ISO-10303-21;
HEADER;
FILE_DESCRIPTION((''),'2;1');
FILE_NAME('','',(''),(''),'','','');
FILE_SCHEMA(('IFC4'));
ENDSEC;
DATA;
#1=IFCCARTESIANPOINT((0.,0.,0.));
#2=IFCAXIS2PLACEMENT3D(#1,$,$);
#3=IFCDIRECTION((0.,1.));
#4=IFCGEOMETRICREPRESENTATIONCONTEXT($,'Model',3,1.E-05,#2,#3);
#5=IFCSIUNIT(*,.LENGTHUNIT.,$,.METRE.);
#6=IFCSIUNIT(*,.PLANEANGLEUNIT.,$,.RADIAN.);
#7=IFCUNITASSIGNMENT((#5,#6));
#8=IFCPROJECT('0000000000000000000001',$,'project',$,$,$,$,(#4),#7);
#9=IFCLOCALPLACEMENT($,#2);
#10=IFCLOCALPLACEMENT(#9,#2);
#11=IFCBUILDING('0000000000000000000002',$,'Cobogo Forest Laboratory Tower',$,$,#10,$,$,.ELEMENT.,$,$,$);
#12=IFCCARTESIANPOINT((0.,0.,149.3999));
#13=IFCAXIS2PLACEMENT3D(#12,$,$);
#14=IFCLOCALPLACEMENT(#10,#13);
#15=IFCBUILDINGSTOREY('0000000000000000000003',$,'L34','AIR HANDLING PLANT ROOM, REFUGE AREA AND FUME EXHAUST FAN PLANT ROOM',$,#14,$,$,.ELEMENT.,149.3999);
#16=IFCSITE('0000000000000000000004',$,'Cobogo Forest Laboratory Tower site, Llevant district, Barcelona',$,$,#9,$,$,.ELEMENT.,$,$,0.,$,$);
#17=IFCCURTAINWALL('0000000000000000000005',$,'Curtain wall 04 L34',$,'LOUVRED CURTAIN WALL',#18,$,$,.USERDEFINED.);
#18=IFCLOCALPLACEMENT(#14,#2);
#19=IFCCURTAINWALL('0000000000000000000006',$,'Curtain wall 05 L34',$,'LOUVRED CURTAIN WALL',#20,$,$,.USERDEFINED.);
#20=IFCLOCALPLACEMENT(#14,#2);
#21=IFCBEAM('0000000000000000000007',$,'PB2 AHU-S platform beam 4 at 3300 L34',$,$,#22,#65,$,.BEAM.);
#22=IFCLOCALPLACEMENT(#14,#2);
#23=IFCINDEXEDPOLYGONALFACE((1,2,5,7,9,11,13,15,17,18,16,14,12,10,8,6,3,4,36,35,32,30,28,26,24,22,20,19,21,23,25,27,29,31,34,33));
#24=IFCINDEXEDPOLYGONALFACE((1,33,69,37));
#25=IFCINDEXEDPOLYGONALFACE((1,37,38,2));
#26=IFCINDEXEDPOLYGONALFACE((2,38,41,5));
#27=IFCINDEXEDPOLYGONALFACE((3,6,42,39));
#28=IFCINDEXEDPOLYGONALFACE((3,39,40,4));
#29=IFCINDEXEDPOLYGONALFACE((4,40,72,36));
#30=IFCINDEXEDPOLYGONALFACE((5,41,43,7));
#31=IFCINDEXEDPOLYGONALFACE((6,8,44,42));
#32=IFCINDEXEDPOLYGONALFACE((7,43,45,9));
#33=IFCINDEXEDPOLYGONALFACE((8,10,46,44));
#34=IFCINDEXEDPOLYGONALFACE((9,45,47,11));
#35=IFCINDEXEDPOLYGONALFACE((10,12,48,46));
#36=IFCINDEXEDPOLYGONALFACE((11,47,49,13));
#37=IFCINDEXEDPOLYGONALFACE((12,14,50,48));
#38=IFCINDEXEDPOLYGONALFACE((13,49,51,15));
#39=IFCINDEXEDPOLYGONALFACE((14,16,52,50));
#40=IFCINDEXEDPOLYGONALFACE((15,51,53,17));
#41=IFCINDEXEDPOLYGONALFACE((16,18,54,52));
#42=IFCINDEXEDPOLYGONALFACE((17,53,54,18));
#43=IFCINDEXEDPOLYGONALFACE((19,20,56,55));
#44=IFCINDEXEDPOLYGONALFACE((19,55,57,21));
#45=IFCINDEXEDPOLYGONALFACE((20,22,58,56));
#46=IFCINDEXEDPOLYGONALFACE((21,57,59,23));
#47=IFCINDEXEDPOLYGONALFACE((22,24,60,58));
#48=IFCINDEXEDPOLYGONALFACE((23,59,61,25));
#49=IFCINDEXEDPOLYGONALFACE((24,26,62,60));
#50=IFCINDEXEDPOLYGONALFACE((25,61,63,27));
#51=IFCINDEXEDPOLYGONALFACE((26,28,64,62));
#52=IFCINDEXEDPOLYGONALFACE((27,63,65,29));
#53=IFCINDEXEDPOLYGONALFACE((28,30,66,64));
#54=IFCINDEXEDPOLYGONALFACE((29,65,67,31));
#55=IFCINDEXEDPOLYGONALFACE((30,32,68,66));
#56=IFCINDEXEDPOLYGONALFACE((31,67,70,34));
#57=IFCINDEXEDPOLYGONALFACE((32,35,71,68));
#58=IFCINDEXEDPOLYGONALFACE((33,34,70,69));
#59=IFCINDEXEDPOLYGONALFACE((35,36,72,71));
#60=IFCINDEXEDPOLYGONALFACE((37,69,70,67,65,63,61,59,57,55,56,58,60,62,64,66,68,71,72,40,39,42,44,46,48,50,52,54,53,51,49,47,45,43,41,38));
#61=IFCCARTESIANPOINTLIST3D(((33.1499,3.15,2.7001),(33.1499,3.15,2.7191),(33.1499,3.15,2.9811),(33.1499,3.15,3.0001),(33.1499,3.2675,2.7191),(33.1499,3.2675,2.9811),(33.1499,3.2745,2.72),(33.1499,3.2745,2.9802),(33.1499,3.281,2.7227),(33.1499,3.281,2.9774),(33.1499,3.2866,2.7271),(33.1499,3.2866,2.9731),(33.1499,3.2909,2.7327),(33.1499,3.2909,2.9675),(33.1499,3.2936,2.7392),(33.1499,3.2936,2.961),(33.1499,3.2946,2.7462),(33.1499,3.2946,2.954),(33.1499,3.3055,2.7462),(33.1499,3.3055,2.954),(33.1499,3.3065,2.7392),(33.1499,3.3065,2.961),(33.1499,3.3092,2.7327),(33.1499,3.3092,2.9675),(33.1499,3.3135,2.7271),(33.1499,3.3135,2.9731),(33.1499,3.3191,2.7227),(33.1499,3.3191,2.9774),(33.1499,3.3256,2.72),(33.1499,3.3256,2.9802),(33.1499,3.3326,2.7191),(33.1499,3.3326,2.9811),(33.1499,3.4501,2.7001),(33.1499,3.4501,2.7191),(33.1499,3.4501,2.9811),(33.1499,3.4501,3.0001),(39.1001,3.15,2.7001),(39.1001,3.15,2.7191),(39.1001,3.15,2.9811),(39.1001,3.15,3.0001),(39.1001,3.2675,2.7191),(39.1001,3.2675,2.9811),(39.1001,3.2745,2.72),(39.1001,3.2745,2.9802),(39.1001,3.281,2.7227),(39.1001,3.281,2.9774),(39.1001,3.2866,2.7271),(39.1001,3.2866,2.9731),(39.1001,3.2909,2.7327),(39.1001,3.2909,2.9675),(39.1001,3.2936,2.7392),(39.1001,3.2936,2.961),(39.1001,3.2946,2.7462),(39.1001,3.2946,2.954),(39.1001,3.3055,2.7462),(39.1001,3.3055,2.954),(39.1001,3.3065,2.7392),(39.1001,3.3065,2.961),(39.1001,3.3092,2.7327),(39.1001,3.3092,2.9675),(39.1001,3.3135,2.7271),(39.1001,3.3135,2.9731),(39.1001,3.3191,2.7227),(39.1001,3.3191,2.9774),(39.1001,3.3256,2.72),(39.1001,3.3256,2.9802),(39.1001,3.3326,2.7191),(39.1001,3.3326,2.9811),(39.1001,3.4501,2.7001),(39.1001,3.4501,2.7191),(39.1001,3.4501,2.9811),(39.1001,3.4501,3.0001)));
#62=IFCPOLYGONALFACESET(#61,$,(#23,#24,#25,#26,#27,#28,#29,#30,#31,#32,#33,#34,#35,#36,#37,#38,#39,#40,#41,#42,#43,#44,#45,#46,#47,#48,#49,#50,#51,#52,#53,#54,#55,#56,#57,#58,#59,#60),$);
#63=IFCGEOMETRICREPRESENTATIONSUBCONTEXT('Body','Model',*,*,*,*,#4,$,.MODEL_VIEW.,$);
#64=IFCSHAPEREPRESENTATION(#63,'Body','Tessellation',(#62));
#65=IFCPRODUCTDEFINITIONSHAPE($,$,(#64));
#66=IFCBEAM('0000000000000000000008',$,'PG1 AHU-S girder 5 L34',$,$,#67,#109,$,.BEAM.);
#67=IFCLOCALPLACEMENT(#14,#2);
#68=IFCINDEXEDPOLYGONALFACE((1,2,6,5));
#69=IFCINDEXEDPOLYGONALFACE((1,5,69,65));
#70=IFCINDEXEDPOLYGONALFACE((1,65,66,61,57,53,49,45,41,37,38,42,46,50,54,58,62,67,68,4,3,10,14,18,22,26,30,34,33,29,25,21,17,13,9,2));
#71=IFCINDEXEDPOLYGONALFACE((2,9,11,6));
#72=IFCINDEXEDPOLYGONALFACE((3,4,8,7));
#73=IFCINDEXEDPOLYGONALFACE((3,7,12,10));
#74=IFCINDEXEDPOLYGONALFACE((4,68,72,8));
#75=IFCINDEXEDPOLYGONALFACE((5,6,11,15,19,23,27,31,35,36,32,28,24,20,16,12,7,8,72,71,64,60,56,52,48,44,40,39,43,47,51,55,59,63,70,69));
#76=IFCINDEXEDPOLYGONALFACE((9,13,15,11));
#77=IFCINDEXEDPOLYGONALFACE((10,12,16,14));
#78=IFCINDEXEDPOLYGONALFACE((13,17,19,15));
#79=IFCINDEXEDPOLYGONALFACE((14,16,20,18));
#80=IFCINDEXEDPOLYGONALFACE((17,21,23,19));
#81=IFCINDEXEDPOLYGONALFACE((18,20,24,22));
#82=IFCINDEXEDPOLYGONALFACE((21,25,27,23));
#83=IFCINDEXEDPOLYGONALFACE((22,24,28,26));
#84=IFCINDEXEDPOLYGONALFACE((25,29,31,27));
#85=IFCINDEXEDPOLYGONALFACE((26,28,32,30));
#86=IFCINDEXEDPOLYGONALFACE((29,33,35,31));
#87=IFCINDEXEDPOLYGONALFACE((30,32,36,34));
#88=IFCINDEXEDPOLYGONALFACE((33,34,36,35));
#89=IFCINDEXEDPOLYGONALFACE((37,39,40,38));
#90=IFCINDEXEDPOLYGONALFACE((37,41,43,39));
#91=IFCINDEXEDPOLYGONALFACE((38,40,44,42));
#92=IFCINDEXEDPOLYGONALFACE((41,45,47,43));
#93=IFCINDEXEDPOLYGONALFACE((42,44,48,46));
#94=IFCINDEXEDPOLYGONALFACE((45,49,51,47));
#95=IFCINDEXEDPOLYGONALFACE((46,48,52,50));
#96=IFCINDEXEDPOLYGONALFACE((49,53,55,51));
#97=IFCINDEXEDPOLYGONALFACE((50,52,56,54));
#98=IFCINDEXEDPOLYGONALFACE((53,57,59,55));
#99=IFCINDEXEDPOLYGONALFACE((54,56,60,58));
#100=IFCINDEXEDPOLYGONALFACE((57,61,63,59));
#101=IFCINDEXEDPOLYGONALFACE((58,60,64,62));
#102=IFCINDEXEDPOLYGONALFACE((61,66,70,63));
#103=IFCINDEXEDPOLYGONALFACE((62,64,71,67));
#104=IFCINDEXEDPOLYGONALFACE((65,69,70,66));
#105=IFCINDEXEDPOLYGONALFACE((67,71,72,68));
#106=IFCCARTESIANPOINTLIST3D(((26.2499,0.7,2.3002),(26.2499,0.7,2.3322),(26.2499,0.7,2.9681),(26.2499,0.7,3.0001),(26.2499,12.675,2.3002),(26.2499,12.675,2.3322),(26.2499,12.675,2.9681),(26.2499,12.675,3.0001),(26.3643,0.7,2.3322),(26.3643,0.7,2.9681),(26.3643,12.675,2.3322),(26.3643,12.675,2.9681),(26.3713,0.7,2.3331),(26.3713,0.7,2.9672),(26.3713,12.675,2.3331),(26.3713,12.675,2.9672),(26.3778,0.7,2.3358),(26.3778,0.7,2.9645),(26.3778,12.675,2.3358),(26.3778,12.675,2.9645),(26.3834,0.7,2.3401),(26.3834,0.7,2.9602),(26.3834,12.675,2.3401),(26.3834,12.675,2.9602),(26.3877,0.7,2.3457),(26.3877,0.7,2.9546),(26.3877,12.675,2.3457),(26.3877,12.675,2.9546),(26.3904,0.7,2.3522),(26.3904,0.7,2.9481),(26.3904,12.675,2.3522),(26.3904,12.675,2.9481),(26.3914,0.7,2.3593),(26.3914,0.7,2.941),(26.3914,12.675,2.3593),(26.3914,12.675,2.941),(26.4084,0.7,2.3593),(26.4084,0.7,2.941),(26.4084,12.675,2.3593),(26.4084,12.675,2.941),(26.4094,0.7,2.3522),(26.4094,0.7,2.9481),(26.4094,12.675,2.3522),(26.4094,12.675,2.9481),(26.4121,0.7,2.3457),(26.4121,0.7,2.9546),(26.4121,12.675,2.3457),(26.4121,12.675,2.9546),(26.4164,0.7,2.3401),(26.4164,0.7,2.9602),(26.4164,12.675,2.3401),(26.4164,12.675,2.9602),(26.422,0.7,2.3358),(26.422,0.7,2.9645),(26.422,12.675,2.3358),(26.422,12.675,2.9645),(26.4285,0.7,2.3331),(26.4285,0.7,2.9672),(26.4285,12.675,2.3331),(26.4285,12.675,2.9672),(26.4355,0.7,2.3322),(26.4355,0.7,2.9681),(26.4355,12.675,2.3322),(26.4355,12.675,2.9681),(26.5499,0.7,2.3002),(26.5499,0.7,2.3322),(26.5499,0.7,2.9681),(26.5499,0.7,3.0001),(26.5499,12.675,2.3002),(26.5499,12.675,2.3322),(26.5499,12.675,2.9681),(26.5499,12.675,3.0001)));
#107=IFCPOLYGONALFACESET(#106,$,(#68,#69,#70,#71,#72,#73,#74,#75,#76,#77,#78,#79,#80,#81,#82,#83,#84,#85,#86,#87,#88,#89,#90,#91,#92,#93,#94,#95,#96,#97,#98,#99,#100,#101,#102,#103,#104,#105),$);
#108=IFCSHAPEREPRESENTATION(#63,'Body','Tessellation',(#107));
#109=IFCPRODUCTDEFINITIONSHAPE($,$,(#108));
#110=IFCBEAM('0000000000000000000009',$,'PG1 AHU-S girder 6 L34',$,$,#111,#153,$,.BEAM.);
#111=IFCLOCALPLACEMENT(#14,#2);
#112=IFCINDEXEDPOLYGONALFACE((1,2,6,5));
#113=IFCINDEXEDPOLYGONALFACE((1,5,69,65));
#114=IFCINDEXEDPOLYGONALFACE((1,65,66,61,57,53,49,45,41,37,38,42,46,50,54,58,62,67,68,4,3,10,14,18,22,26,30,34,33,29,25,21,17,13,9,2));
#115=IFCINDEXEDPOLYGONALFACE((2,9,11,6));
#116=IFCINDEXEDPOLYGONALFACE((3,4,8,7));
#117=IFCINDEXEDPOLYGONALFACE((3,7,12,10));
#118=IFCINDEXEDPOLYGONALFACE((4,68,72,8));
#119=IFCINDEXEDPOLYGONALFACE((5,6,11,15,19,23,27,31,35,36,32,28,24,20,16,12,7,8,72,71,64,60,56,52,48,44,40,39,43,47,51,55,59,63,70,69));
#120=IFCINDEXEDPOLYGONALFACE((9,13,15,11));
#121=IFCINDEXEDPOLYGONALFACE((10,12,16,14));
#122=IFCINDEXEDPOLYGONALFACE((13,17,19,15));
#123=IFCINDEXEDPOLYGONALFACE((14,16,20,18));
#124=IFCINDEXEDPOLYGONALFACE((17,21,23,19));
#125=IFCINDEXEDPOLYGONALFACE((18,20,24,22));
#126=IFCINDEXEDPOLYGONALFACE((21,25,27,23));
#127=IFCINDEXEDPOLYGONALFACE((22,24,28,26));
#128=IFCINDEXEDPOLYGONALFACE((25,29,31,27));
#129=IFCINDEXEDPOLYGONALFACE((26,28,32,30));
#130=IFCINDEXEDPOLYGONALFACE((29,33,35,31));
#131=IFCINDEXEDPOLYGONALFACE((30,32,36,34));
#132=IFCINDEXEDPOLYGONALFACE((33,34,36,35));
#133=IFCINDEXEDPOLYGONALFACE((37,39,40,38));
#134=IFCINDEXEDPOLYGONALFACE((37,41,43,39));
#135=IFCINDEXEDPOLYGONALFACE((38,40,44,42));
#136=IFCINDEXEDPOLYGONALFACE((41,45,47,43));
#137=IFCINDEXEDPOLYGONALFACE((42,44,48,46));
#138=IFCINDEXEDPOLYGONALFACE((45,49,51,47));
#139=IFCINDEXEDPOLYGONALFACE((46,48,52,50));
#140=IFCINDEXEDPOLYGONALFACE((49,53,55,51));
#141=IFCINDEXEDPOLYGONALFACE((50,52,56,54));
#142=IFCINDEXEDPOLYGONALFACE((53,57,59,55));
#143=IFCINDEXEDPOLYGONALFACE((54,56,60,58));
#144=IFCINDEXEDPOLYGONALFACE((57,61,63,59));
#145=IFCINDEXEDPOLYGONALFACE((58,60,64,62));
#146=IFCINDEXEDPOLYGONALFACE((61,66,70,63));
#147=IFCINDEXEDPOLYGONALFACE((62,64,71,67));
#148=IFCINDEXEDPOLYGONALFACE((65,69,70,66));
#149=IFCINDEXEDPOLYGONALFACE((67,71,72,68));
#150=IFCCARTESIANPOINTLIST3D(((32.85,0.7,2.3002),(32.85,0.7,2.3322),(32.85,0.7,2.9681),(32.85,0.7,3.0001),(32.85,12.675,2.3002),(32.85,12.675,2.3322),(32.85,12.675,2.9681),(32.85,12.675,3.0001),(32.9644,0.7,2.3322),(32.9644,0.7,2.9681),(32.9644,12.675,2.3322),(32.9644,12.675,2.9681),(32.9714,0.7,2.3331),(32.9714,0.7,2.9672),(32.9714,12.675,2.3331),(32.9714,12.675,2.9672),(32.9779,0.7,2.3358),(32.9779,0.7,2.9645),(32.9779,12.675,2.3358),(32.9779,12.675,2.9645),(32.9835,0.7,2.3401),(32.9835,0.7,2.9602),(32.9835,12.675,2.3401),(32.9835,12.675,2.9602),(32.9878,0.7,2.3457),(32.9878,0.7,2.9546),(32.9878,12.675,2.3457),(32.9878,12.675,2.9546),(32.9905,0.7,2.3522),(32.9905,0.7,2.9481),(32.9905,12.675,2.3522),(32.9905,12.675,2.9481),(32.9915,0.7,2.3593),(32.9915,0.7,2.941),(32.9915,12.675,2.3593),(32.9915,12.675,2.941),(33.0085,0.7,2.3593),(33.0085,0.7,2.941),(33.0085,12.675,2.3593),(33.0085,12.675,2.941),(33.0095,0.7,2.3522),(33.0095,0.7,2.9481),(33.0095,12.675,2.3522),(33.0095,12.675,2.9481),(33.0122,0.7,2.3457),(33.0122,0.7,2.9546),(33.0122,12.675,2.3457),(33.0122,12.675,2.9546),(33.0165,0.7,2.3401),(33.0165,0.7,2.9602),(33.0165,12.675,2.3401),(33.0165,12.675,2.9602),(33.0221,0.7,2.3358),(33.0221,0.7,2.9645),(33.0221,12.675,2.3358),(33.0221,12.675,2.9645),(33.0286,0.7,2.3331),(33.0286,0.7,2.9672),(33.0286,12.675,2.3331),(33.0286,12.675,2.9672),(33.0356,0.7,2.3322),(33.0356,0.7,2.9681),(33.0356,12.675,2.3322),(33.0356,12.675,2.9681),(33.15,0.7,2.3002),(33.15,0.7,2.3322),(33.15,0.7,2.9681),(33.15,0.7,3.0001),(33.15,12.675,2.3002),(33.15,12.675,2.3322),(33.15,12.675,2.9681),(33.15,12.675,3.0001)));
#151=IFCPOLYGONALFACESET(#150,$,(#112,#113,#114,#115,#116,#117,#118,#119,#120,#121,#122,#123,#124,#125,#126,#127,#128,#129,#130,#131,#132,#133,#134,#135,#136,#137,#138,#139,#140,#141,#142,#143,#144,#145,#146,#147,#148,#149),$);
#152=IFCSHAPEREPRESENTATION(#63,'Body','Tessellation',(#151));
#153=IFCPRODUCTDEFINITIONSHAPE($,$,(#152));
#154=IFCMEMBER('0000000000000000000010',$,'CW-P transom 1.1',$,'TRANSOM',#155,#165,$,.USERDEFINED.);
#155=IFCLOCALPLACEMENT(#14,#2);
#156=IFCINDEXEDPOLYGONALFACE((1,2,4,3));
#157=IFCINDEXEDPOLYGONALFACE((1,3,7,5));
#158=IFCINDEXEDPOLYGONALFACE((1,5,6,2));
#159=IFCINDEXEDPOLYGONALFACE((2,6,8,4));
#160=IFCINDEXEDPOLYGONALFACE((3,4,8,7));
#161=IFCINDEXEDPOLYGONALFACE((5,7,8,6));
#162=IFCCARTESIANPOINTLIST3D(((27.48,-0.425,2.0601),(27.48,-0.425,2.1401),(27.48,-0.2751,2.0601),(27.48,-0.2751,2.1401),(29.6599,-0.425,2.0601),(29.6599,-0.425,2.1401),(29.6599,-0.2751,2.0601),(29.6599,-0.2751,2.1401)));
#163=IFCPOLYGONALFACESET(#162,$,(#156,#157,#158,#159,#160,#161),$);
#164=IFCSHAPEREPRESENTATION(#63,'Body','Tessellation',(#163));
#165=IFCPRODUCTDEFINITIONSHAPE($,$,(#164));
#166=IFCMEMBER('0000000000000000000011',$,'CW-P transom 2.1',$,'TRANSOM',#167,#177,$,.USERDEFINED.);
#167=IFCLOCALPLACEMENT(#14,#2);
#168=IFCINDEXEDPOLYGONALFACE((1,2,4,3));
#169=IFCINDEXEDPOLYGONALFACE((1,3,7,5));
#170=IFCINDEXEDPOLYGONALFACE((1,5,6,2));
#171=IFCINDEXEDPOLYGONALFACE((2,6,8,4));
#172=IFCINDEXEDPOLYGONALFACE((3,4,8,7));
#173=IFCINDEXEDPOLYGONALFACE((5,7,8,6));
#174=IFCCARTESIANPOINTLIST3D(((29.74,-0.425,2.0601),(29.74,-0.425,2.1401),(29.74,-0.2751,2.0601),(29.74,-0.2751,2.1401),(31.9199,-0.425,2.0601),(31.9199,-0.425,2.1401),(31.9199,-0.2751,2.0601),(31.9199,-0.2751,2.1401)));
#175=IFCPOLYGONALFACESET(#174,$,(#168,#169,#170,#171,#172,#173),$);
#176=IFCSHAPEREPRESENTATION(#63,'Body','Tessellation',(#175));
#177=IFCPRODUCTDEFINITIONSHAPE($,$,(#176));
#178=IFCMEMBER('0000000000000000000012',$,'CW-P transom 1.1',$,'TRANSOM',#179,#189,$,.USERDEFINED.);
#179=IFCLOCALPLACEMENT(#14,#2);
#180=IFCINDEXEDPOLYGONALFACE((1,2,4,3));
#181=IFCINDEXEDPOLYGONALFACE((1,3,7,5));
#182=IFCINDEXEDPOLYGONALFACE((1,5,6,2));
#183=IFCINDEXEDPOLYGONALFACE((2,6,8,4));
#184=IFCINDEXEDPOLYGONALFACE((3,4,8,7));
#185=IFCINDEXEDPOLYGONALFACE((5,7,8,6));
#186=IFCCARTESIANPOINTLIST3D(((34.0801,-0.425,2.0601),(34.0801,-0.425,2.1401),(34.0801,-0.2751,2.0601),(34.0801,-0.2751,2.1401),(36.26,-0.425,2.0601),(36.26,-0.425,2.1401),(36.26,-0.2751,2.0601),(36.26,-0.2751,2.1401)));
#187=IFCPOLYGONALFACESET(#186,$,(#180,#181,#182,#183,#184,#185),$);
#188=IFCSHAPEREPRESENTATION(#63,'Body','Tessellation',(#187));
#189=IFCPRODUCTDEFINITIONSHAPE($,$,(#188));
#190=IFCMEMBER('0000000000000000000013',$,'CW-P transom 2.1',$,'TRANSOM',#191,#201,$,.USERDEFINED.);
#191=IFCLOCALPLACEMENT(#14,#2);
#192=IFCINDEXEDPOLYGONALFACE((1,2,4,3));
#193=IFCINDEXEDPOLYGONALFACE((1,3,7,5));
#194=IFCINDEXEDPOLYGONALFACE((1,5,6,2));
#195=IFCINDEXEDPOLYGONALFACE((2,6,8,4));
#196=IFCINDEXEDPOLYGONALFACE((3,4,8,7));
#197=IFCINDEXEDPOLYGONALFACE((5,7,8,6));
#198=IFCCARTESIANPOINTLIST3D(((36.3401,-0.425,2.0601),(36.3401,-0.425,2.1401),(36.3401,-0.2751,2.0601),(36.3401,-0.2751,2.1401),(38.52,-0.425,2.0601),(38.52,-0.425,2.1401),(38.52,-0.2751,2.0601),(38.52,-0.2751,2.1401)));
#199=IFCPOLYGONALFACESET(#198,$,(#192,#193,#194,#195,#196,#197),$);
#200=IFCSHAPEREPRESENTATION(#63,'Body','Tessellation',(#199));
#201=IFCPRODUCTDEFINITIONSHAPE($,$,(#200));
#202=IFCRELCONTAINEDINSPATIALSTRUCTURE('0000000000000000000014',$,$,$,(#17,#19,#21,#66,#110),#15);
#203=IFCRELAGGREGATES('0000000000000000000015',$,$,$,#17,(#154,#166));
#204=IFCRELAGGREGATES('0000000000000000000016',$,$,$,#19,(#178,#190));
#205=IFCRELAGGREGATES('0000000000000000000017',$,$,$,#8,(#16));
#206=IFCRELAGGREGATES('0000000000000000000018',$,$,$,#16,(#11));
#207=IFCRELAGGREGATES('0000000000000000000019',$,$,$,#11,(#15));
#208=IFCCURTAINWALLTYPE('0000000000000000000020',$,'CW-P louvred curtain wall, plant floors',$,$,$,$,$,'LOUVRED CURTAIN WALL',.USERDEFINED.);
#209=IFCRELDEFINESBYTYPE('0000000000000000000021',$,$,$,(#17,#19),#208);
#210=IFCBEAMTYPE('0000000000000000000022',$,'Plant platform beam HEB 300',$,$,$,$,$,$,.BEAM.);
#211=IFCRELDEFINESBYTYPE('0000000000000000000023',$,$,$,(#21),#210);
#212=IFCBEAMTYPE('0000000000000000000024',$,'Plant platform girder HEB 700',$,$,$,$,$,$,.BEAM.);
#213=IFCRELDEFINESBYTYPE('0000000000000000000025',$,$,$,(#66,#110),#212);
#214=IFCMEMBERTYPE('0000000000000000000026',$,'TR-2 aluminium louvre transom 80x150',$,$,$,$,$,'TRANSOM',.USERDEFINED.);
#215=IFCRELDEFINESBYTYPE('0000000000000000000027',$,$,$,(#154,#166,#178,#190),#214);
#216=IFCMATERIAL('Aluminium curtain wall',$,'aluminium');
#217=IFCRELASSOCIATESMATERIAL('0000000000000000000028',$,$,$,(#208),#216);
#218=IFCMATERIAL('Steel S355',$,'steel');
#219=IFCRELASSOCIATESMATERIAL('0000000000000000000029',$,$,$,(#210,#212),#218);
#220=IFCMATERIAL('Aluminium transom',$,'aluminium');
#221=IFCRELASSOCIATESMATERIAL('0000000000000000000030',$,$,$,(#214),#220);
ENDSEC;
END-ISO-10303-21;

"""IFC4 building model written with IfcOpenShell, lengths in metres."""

from ifc_helpers import new_model, si_unit, direction, frame, origin, origin_2d, place, context, subcontext, project, spatial, rectangle, i_section, extrude, material, material_profile, profile_set, type_object, element, aggregate, save


model = new_model("IFC4")

# Units and contexts
model_context = context("Model", 3, precision=1e-05, world=origin(), true_north=direction((0.0, 1.0)))
body_context = subcontext(model_context, "Body", "Model", "MODEL_VIEW")
ifc_project = project(units=[si_unit("LENGTHUNIT", "METRE"), si_unit("PLANEANGLEUNIT", "RADIAN")], contexts=[model_context])

# Site, building, storey
site_placement = place(None, origin())
site = spatial("IfcSite", under=ifc_project, at=site_placement, Name="Cobogo Forest Laboratory Tower site, Llevant district, Barcelona", CompositionType="ELEMENT", RefElevation=0.0)
building_placement = place(site_placement, origin())
building = spatial("IfcBuilding", under=site, at=building_placement, Name="Cobogo Forest Laboratory Tower", CompositionType="ELEMENT")
storey_placement = place(building_placement, frame((0.0, 0.0, 149.3999)))
storey = spatial("IfcBuildingStorey", under=building, at=storey_placement, Name="L34", Description="AIR HANDLING PLANT ROOM, REFUGE AREA AND FUME EXHAUST FAN PLANT ROOM", CompositionType="ELEMENT", Elevation=149.3999)

# Shared definitions
ifc_material_1 = material(Name="Aluminium curtain wall", Category="aluminium")
curtain_wall_type = type_object("IfcCurtainWallType", Name="CW-P louvred curtain wall, plant floors", ElementType="LOUVRED CURTAIN WALL", PredefinedType="USERDEFINED", material=ifc_material_1)

# Curtain walls
curtain_wall_1_placement = place(storey_placement, origin())
curtain_wall_1 = element("IfcCurtainWall", 1, at=curtain_wall_1_placement, inside=storey, type_object=curtain_wall_type, Name="Curtain wall 04 L34", ObjectType="LOUVRED CURTAIN WALL", PredefinedType="USERDEFINED")
curtain_wall_2_placement = place(storey_placement, origin())
curtain_wall_2 = element("IfcCurtainWall", 2, at=curtain_wall_2_placement, inside=storey, type_object=curtain_wall_type, Name="Curtain wall 05 L34", ObjectType="LOUVRED CURTAIN WALL", PredefinedType="USERDEFINED")

# Shared definitions
ifc_material_2 = material(Name="Steel S355", Category="steel")

# Beams
ifc_material_profile_1 = material_profile(ifc_material_2, i_section(OverallWidth=0.3, OverallDepth=0.3, WebThickness=0.011, FlangeThickness=0.019, FilletRadius=0.0271, at=origin_2d()), Name="HEB 300")
ifc_profile_set_1 = profile_set([ifc_material_profile_1], Name="Steel S355")
beam_type_1 = type_object("IfcBeamType", Name="Plant platform beam HEB 300", PredefinedType="BEAM", material=ifc_profile_set_1)
beam_1_placement = place(storey_placement, frame((33.1499, 3.3, 2.8501), z_axis=(1.0, 0.0, 0.0), x_axis=(0.0, 1.0, 0.0)))
element("IfcBeam", 3, at=beam_1_placement, inside=storey, type_object=beam_type_1, Name="PB2 AHU-S platform beam 4 at 3300 L34", PredefinedType="BEAM", context=body_context, shape_type="SweptSolid", body=[
    extrude(i_section(OverallWidth=0.3, OverallDepth=0.3, WebThickness=0.011, FlangeThickness=0.019, FilletRadius=0.0271, at=origin_2d()), origin(), (0.0, 0.0, 1.0), 5.9502),
])
ifc_material_profile_2 = material_profile(ifc_material_2, i_section(OverallWidth=0.3, OverallDepth=0.7, WebThickness=0.0171, FlangeThickness=0.032, FilletRadius=0.0271, at=origin_2d()), Name="HEB 700")
ifc_profile_set_2 = profile_set([ifc_material_profile_2], Name="Steel S355")
beam_type_2 = type_object("IfcBeamType", Name="Plant platform girder HEB 700", PredefinedType="BEAM", material=ifc_profile_set_2)
for number, where, z_axis, x_axis, name in (
    (4, (26.3999, 0.7, 2.6501), (0.0, 1.0, 0.0), (-1.0, 0.0, 0.0), "PG1 AHU-S girder 5 L34"),
    (5, (33.0, 0.7, 2.6501), (0.0, 1.0, 0.0), (-1.0, 0.0, 0.0), "PG1 AHU-S girder 6 L34"),
):
    element("IfcBeam", number, at=place(storey_placement, frame(where, z_axis=z_axis, x_axis=x_axis)), inside=storey, type_object=beam_type_2, Name=name, PredefinedType="BEAM", context=body_context, shape_type="SweptSolid", body=[
        extrude(i_section(OverallWidth=0.3, OverallDepth=0.7, WebThickness=0.0171, FlangeThickness=0.032, FilletRadius=0.0271, at=origin_2d()), origin(), (0.0, 0.0, 1.0), 11.9751),
    ])

# Members
ifc_material_3 = material(Name="Aluminium transom", Category="aluminium")
ifc_material_profile_3 = material_profile(ifc_material_3, rectangle(XDim=0.1499, YDim=0.0801, at=origin_2d()), Name="AL 80x150")
ifc_profile_set_3 = profile_set([ifc_material_profile_3], Name="Aluminium transom")
member_type_1 = type_object("IfcMemberType", Name="TR-2 aluminium louvre transom 80x150", ElementType="TRANSOM", PredefinedType="USERDEFINED", material=ifc_profile_set_3)
member_1_placement = place(storey_placement, frame((27.48, -0.3501, 2.1001), z_axis=(1.0, 0.0, 0.0), x_axis=(0.0, 1.0, 0.0)))
member_1 = element("IfcMember", 6, at=member_1_placement, type_object=member_type_1, Name="CW-P transom 1.1", ObjectType="TRANSOM", PredefinedType="USERDEFINED", context=body_context, shape_type="SweptSolid", body=[
    extrude(rectangle(XDim=0.1499, YDim=0.0801, at=origin_2d()), origin(), (0.0, 0.0, 1.0), 2.1799),
])
member_2_placement = place(storey_placement, frame((29.74, -0.3501, 2.1001), z_axis=(1.0, 0.0, 0.0), x_axis=(0.0, 1.0, 0.0)))
member_2 = element("IfcMember", 7, at=member_2_placement, type_object=member_type_1, Name="CW-P transom 2.1", ObjectType="TRANSOM", PredefinedType="USERDEFINED", context=body_context, shape_type="SweptSolid", body=[
    extrude(rectangle(XDim=0.1499, YDim=0.0801, at=origin_2d()), origin(), (0.0, 0.0, 1.0), 2.1799),
])
member_3_placement = place(storey_placement, frame((34.0801, -0.3501, 2.1001), z_axis=(1.0, 0.0, 0.0), x_axis=(0.0, 1.0, 0.0)))
member_3 = element("IfcMember", 8, at=member_3_placement, type_object=member_type_1, Name="CW-P transom 1.1", ObjectType="TRANSOM", PredefinedType="USERDEFINED", context=body_context, shape_type="SweptSolid", body=[
    extrude(rectangle(XDim=0.1499, YDim=0.0801, at=origin_2d()), origin(), (0.0, 0.0, 1.0), 2.1799),
])
member_4_placement = place(storey_placement, frame((36.3401, -0.3501, 2.1001), z_axis=(1.0, 0.0, 0.0), x_axis=(0.0, 1.0, 0.0)))
member_4 = element("IfcMember", 9, at=member_4_placement, type_object=member_type_1, Name="CW-P transom 2.1", ObjectType="TRANSOM", PredefinedType="USERDEFINED", context=body_context, shape_type="SweptSolid", body=[
    extrude(rectangle(XDim=0.1499, YDim=0.0801, at=origin_2d()), origin(), (0.0, 0.0, 1.0), 2.1799),
])

aggregate(curtain_wall_1, [member_1, member_2])
aggregate(curtain_wall_2, [member_3, member_4])

save(model, "model.ifc")
